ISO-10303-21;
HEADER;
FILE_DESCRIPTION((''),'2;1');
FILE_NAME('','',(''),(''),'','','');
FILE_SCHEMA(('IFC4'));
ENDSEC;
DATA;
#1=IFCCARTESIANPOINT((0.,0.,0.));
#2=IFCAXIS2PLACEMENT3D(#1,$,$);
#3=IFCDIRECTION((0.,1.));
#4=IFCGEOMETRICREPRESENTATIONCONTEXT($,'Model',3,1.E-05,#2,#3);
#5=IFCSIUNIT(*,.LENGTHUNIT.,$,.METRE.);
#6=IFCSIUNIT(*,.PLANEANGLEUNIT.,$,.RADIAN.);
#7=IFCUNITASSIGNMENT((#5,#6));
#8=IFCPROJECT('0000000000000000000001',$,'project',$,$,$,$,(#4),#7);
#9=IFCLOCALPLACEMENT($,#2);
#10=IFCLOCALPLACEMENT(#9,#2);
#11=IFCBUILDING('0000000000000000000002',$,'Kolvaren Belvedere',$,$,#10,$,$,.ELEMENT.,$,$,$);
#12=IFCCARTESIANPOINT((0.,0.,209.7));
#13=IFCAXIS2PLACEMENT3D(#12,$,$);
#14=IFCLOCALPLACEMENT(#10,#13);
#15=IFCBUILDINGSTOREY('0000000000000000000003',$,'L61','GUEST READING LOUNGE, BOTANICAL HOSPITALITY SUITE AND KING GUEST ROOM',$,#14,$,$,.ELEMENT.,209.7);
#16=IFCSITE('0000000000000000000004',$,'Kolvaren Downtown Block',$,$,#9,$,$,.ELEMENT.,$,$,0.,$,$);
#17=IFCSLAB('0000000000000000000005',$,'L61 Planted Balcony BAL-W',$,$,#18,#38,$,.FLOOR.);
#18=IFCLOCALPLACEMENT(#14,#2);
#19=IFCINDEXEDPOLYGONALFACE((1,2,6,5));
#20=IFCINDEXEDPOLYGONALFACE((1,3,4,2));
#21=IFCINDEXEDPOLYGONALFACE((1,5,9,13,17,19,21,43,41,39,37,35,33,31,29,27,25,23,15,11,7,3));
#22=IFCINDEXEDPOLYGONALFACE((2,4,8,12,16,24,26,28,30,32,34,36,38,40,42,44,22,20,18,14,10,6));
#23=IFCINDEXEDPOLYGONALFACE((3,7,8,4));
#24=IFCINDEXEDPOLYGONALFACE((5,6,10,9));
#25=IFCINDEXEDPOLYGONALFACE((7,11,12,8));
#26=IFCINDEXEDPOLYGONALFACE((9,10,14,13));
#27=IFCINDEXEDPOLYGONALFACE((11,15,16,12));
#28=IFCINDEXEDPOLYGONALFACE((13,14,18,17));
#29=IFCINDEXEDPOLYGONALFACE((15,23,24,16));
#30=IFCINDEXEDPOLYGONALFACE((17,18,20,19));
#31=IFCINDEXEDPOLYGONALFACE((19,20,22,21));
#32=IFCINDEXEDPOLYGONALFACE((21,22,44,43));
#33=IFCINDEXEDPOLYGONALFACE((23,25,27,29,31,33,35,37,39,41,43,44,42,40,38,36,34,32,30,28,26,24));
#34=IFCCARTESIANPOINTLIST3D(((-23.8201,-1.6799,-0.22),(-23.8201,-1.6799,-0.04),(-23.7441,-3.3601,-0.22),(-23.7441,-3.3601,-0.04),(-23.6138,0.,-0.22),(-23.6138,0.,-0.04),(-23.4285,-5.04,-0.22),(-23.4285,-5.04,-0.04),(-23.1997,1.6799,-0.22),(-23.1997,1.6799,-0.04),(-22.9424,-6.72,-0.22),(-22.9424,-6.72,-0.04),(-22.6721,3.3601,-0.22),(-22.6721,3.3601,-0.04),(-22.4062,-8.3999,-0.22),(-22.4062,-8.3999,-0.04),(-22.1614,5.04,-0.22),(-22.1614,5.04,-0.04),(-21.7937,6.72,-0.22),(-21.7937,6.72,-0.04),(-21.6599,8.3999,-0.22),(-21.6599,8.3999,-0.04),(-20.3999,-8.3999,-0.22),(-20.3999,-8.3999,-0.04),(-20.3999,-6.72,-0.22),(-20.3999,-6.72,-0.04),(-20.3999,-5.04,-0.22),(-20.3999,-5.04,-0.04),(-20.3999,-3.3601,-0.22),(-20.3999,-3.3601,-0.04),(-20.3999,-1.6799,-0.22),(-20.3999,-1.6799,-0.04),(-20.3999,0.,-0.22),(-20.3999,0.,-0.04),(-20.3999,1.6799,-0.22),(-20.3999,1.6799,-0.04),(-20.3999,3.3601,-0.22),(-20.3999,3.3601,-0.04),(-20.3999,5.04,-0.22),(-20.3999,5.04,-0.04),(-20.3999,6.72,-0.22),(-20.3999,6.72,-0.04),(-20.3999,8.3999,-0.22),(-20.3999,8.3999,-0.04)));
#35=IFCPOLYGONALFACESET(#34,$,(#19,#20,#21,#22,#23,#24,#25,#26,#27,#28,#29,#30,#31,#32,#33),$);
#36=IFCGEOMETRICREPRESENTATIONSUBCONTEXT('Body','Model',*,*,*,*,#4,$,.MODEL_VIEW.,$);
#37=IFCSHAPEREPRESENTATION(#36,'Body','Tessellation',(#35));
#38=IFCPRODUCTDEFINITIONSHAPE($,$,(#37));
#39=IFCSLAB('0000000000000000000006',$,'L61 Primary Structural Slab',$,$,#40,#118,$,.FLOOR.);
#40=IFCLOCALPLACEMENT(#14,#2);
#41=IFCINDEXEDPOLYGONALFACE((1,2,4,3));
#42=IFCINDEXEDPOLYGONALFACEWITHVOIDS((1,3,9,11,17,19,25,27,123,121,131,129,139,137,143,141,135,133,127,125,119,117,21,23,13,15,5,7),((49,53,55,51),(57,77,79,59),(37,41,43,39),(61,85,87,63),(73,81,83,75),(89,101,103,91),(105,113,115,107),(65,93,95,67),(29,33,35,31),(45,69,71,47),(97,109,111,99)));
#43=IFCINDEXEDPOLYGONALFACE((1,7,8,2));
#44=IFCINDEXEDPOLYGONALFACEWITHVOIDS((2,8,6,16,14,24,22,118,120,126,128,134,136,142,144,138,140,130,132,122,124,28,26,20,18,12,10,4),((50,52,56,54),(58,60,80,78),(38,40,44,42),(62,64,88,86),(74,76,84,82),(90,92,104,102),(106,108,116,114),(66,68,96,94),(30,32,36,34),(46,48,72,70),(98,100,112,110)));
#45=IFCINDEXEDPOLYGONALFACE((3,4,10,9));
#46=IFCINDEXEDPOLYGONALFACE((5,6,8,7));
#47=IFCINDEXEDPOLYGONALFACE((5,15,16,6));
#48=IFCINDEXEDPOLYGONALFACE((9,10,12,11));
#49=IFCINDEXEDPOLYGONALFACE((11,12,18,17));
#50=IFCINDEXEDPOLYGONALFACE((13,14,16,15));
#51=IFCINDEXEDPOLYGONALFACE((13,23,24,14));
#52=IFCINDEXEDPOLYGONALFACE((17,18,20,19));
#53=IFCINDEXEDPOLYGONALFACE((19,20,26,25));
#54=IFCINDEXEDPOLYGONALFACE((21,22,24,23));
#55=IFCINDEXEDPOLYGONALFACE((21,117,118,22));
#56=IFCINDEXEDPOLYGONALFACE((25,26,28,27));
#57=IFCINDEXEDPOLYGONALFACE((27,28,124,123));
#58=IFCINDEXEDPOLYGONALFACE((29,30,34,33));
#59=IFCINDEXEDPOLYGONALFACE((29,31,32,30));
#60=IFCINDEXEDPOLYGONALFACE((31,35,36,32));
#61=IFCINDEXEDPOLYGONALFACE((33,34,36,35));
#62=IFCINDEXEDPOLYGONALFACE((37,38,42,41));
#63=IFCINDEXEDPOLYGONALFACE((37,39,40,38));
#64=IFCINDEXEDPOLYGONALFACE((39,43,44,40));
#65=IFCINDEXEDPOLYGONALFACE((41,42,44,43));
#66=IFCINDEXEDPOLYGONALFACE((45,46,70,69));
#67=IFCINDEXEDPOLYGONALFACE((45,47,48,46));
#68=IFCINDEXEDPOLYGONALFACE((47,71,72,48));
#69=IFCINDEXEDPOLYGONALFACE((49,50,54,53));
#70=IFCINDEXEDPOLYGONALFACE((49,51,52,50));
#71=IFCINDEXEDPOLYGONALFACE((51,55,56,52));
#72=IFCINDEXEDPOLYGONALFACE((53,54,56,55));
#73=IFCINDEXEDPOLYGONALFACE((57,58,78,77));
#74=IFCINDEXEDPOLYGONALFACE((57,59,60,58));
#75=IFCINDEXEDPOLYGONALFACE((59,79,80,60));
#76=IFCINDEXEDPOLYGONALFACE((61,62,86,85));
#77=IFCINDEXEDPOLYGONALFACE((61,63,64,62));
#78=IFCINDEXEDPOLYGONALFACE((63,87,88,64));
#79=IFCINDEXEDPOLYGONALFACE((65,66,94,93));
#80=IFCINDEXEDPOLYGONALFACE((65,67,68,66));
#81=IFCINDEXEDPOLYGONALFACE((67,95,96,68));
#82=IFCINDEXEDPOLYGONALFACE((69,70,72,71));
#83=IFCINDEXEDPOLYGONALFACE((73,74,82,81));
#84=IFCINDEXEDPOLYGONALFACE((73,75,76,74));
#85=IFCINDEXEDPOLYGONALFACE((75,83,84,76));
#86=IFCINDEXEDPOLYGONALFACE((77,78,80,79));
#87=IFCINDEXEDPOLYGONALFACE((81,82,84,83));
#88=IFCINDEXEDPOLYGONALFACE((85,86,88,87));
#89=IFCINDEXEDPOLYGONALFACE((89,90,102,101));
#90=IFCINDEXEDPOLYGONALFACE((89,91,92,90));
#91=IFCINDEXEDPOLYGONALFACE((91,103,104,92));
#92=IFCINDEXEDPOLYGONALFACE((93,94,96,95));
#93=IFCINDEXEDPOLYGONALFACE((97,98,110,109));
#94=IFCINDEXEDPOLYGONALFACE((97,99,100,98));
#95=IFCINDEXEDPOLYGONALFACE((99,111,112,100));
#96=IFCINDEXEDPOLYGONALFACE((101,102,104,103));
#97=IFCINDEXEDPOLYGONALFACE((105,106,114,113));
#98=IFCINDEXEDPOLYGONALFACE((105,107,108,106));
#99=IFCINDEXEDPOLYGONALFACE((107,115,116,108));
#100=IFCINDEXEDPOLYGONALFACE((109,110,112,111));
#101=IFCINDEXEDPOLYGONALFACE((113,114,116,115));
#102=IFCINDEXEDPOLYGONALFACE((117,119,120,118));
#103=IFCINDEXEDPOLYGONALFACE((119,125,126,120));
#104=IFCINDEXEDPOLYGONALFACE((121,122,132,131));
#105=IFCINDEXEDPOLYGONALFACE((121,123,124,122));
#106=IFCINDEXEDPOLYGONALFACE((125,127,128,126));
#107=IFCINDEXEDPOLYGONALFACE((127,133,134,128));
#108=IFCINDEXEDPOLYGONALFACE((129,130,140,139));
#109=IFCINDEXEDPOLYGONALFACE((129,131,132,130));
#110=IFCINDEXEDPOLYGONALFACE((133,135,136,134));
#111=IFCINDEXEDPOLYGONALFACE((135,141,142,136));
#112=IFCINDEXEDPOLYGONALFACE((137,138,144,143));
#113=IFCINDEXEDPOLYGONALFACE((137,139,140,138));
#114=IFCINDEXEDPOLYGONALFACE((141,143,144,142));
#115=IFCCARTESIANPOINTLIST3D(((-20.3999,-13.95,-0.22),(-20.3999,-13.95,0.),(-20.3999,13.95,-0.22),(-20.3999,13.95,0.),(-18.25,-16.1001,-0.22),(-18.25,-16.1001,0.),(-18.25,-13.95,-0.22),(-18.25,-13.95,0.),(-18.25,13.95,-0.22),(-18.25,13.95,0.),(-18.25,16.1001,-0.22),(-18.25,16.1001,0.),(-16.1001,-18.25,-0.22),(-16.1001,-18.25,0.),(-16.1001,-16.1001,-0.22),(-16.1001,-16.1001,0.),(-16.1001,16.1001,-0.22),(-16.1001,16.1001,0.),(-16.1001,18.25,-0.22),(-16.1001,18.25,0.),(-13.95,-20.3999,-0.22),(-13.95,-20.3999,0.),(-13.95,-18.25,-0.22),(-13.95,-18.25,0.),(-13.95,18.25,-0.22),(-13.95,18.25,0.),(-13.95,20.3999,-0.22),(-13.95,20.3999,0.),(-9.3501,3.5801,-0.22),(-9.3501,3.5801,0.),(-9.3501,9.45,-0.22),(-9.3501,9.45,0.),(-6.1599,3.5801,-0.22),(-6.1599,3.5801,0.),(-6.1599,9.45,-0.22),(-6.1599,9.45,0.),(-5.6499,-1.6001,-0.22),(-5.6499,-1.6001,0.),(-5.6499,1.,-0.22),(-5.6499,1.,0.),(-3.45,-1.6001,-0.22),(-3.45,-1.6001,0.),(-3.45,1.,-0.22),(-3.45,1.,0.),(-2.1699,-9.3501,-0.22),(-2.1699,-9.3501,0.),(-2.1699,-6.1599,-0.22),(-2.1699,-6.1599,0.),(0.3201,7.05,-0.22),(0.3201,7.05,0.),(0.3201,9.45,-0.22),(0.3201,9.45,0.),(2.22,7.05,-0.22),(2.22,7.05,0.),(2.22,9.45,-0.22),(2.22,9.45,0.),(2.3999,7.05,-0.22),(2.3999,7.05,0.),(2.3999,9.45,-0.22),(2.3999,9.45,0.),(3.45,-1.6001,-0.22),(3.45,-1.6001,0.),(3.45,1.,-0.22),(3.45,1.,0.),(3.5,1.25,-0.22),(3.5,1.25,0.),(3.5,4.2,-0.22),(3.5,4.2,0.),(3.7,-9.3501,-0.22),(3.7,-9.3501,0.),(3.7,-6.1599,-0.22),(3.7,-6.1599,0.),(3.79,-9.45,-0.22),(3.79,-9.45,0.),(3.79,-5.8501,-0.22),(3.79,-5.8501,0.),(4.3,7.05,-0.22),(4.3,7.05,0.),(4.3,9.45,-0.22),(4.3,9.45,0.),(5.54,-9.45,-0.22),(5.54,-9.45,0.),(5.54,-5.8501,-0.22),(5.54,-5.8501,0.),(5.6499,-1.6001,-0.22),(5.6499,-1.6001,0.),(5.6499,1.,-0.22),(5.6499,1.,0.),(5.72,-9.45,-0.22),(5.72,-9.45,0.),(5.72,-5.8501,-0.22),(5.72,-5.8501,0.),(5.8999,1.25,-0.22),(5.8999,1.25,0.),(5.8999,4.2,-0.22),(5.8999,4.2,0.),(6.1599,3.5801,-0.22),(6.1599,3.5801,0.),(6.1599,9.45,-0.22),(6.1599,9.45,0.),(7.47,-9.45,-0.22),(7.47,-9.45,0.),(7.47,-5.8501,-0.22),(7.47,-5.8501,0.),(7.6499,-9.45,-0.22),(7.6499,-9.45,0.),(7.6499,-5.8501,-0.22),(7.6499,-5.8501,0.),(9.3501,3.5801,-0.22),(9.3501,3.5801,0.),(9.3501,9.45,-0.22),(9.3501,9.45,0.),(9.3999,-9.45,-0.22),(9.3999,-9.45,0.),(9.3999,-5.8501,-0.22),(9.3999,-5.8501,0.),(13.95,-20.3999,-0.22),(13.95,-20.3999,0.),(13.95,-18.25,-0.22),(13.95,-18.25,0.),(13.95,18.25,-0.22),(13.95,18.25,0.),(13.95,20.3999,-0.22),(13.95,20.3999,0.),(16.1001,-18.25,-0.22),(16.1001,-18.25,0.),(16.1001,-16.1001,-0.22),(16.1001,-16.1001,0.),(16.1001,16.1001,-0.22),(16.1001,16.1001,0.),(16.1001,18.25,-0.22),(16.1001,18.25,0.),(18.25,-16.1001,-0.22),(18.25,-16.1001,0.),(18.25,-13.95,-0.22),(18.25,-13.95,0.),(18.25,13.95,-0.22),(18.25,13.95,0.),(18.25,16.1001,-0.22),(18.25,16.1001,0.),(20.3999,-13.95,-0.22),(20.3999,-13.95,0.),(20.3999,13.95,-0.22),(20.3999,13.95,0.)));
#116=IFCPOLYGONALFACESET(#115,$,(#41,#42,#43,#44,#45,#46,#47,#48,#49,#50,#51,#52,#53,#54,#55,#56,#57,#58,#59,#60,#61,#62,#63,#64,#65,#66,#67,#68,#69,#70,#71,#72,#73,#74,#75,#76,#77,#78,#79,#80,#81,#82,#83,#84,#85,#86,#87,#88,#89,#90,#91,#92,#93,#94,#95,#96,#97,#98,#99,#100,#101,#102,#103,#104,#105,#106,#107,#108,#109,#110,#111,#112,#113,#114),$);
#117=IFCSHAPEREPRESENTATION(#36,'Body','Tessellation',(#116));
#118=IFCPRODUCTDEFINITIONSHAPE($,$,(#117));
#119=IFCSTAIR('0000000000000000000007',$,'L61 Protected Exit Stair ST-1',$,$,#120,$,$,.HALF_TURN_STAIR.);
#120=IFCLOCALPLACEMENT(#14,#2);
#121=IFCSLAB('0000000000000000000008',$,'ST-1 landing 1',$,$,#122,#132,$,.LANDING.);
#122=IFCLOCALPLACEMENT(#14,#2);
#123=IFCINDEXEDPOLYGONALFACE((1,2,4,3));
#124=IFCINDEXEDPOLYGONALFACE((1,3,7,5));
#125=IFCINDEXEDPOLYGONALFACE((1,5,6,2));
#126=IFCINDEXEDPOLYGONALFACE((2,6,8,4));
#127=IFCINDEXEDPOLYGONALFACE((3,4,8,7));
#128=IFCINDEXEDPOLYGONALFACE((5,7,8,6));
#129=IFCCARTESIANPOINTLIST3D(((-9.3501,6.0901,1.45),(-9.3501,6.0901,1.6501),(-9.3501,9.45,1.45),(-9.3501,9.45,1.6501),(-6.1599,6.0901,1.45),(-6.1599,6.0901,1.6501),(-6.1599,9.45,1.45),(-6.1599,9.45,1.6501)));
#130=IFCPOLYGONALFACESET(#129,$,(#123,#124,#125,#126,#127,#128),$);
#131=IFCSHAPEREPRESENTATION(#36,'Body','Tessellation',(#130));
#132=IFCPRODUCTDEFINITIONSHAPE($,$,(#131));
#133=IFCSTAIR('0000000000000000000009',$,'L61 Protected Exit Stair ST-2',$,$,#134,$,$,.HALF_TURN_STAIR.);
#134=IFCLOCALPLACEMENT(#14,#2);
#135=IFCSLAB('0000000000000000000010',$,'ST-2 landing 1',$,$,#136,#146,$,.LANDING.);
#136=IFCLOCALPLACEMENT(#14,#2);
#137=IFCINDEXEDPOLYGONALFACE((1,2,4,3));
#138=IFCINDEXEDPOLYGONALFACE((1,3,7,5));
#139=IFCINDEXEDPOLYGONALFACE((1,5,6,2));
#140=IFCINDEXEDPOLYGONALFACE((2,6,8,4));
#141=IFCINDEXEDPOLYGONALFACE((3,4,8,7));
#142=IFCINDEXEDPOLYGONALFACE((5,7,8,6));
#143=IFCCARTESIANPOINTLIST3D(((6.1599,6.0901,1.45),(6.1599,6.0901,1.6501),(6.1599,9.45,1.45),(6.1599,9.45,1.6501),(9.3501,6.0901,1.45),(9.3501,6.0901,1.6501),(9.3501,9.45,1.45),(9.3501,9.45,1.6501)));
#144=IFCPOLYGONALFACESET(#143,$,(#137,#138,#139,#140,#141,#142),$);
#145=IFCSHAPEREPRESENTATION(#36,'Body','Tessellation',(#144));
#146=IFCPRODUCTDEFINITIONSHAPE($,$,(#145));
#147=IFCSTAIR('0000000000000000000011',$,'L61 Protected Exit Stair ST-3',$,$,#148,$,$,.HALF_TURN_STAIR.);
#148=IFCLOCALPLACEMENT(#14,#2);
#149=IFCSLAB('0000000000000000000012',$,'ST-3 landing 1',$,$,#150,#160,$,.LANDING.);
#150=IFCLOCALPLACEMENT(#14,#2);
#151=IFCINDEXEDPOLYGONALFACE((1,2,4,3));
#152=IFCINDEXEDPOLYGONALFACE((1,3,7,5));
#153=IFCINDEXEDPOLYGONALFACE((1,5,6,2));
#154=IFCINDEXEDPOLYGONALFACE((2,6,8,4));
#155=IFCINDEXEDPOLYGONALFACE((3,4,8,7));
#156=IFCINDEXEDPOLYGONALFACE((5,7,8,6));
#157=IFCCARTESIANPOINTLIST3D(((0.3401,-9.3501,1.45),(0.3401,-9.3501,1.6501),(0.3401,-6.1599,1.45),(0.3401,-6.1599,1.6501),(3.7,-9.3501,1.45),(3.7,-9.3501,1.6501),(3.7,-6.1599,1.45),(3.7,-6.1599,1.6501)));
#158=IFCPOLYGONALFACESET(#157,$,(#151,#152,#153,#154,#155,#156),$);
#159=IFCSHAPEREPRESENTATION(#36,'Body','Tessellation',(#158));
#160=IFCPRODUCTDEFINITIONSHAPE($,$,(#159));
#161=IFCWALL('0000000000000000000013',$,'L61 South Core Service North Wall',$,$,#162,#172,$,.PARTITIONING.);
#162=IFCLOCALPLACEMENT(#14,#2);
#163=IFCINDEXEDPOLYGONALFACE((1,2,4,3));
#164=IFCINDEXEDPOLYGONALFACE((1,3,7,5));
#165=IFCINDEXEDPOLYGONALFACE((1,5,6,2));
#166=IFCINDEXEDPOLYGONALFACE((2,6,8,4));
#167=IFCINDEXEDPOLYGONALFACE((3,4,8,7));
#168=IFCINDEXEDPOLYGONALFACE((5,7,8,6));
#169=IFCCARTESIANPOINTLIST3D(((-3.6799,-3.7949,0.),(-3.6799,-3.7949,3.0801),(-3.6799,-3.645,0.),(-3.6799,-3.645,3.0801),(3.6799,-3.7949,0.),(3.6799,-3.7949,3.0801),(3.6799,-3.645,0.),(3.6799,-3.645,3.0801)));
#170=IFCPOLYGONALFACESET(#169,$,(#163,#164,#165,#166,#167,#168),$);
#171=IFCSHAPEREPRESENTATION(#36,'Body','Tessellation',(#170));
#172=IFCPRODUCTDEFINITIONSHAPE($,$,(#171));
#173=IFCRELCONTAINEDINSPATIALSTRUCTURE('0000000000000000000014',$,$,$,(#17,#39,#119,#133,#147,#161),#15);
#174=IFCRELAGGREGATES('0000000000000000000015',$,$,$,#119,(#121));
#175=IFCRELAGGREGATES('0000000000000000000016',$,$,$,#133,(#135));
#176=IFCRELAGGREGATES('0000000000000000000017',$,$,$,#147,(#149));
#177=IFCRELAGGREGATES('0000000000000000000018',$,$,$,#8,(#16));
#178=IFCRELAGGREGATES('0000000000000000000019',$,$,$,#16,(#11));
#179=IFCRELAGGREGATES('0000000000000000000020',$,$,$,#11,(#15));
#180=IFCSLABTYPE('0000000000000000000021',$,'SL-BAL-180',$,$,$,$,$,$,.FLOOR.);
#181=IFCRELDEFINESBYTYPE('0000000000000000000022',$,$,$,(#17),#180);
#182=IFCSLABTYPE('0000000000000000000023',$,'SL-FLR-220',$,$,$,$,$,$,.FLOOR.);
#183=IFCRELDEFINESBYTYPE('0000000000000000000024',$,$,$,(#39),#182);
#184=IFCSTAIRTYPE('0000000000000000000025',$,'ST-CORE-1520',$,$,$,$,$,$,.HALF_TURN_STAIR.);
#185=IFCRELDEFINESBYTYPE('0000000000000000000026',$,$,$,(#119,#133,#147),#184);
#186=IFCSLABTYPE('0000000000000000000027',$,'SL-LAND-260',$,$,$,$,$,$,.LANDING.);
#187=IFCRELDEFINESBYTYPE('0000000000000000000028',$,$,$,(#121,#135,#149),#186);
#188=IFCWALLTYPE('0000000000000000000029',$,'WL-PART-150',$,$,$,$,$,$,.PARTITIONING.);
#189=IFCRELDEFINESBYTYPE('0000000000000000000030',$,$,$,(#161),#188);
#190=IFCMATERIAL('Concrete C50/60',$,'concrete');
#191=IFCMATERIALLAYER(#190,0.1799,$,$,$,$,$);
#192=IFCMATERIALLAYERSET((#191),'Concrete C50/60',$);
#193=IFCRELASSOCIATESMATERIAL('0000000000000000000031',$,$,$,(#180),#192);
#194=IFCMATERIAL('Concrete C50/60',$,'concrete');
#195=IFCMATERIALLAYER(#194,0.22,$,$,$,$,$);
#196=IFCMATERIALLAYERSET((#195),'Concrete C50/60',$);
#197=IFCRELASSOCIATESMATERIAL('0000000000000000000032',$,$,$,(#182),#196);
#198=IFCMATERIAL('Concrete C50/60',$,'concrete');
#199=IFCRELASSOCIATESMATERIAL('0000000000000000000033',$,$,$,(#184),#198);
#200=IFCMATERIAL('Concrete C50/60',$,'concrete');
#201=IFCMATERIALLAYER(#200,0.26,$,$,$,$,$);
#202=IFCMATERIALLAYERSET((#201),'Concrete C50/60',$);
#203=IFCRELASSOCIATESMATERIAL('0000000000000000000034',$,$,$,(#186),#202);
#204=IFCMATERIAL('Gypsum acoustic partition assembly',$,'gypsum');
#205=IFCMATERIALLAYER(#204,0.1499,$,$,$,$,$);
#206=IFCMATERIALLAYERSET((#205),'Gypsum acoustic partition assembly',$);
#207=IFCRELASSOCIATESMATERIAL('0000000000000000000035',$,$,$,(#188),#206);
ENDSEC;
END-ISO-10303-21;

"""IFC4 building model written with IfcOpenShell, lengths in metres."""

from ifc_helpers import new_model, si_unit, direction, frame, frame_2d, origin, place, context, subcontext, project, spatial, polyline, rectangle, outline, extrude, material, layer, layer_set, type_object, element, aggregate, save


model = new_model("IFC4")

# Units and contexts
model_context = context("Model", 3, precision=1e-05, world=origin(), true_north=direction((0.0, 1.0)))
body_context = subcontext(model_context, "Body", "Model", "MODEL_VIEW")
ifc_project = project(units=[si_unit("LENGTHUNIT", "METRE"), si_unit("PLANEANGLEUNIT", "RADIAN")], contexts=[model_context])

# Site, building, storey
site_placement = place(None, origin())
site = spatial("IfcSite", under=ifc_project, at=site_placement, Name="Kolvaren Downtown Block", CompositionType="ELEMENT", RefElevation=0.0)
building_placement = place(site_placement, origin())
building = spatial("IfcBuilding", under=site, at=building_placement, Name="Kolvaren Belvedere", CompositionType="ELEMENT")
storey_placement = place(building_placement, frame((0.0, 0.0, 209.7)))
storey = spatial("IfcBuildingStorey", under=building, at=storey_placement, Name="L61", Description="GUEST READING LOUNGE, BOTANICAL HOSPITALITY SUITE AND KING GUEST ROOM", CompositionType="ELEMENT", Elevation=209.7)

# Slabs
ifc_material_1 = material(Name="Concrete C50/60", Category="concrete")
ifc_layer_1 = layer(ifc_material_1, 0.1799)
ifc_layer_set_1 = layer_set([ifc_layer_1], Name="Concrete C50/60")
slab_type_1 = type_object("IfcSlabType", Name="SL-BAL-180", PredefinedType="FLOOR", material=ifc_layer_set_1)
slab_1_placement = place(storey_placement, frame((0.0, 0.0, -0.22)))
element("IfcSlab", 1, at=slab_1_placement, inside=storey, type_object=slab_type_1, Name="L61 Planted Balcony BAL-W", PredefinedType="FLOOR", context=body_context, shape_type="SweptSolid", body=[
    extrude(outline(polyline([(-21.6599, 8.3999), (-21.7937, 6.72), (-22.1614, 5.04), (-22.6721, 3.3601), (-23.1997, 1.6799), (-23.6138, 0.0), (-23.8201, -1.6799), (-23.7441, -3.3601), (-23.4285, -5.04), (-22.9424, -6.72), (-22.4062, -8.3999), (-20.3999, -8.3999), (-20.3999, -6.72), (-20.3999, -5.04), (-20.3999, -3.3601), (-20.3999, -1.6799), (-20.3999, 0.0), (-20.3999, 1.6799), (-20.3999, 3.3601), (-20.3999, 5.04), (-20.3999, 6.72), (-20.3999, 8.3999), (-21.6599, 8.3999)])), origin(), (0.0, 0.0, 1.0), 0.1799),
])
ifc_material_2 = material(Name="Concrete C50/60", Category="concrete")
ifc_layer_2 = layer(ifc_material_2, 0.22)
ifc_layer_set_2 = layer_set([ifc_layer_2], Name="Concrete C50/60")
slab_type_2 = type_object("IfcSlabType", Name="SL-FLR-220", PredefinedType="FLOOR", material=ifc_layer_set_2)
slab_2_placement = place(storey_placement, frame((0.0, 0.0, -0.22)))
element("IfcSlab", 2, at=slab_2_placement, inside=storey, type_object=slab_type_2, Name="L61 Primary Structural Slab", PredefinedType="FLOOR", context=body_context, shape_type="SweptSolid", body=[
    extrude(outline(polyline([(-13.95, -20.3999), (13.95, -20.3999), (13.95, -18.25), (16.1001, -18.25), (16.1001, -16.1001), (18.25, -16.1001), (18.25, -13.95), (20.3999, -13.95), (20.3999, 13.95), (18.25, 13.95), (18.25, 16.1001), (16.1001, 16.1001), (16.1001, 18.25), (13.95, 18.25), (13.95, 20.3999), (-13.95, 20.3999), (-13.95, 18.25), (-16.1001, 18.25), (-16.1001, 16.1001), (-18.25, 16.1001), (-18.25, 13.95), (-20.3999, 13.95), (-20.3999, -13.95), (-18.25, -13.95), (-18.25, -16.1001), (-16.1001, -16.1001), (-16.1001, -18.25), (-13.95, -18.25), (-13.95, -20.3999)]), holes=[polyline([(-9.3501, 3.5801), (-6.1599, 3.5801), (-6.1599, 9.45), (-9.3501, 9.45), (-9.3501, 3.5801)]), polyline([(6.1599, 3.5801), (9.3501, 3.5801), (9.3501, 9.45), (6.1599, 9.45), (6.1599, 3.5801)]), polyline([(-2.1699, -9.3501), (3.7, -9.3501), (3.7, -6.1599), (-2.1699, -6.1599), (-2.1699, -9.3501)]), polyline([(-5.6499, -1.6001), (-3.45, -1.6001), (-3.45, 1.0), (-5.6499, 1.0), (-5.6499, -1.6001)]), polyline([(3.5, 1.25), (5.8999, 1.25), (5.8999, 4.2), (3.5, 4.2), (3.5, 1.25)]), polyline([(3.45, -1.6001), (5.6499, -1.6001), (5.6499, 1.0), (3.45, 1.0), (3.45, -1.6001)]), polyline([(3.79, -9.45), (5.54, -9.45), (5.54, -5.8501), (3.79, -5.8501), (3.79, -9.45)]), polyline([(5.72, -9.45), (7.47, -9.45), (7.47, -5.8501), (5.72, -5.8501), (5.72, -9.45)]), polyline([(7.6499, -9.45), (9.3999, -9.45), (9.3999, -5.8501), (7.6499, -5.8501), (7.6499, -9.45)]), polyline([(0.3201, 7.05), (2.22, 7.05), (2.22, 9.45), (0.3201, 9.45), (0.3201, 7.05)]), polyline([(2.3999, 7.05), (4.3, 7.05), (4.3, 9.45), (2.3999, 9.45), (2.3999, 7.05)])]), origin(), (0.0, 0.0, 1.0), 0.22),
])

# Stairs, slabs
ifc_material_3 = material(Name="Concrete C50/60", Category="concrete")
stair_type = type_object("IfcStairType", Name="ST-CORE-1520", PredefinedType="HALF_TURN_STAIR", material=ifc_material_3)
stair_1_placement = place(storey_placement, origin())
stair_1 = element("IfcStair", 3, at=stair_1_placement, inside=storey, type_object=stair_type, Name="L61 Protected Exit Stair ST-1", PredefinedType="HALF_TURN_STAIR")
ifc_material_4 = material(Name="Concrete C50/60", Category="concrete")
ifc_layer_3 = layer(ifc_material_4, 0.26)
ifc_layer_set_3 = layer_set([ifc_layer_3], Name="Concrete C50/60")
slab_type_3 = type_object("IfcSlabType", Name="SL-LAND-260", PredefinedType="LANDING", material=ifc_layer_set_3)
slab_3_placement = place(storey_placement, frame((0.0, 0.0, 1.45)))
slab_3 = element("IfcSlab", 4, at=slab_3_placement, type_object=slab_type_3, Name="ST-1 landing 1", PredefinedType="LANDING", context=body_context, shape_type="SweptSolid", body=[
    extrude(outline(polyline([(-6.1599, 6.0901), (-6.1599, 9.45), (-9.3501, 9.45), (-9.3501, 6.0901), (-6.1599, 6.0901)])), origin(), (0.0, 0.0, 1.0), 0.2002),
])
aggregate(stair_1, [slab_3])
stair_2_placement = place(storey_placement, origin())
stair_2 = element("IfcStair", 5, at=stair_2_placement, inside=storey, type_object=stair_type, Name="L61 Protected Exit Stair ST-2", PredefinedType="HALF_TURN_STAIR")
slab_4_placement = place(storey_placement, frame((0.0, 0.0, 1.45)))
slab_4 = element("IfcSlab", 6, at=slab_4_placement, type_object=slab_type_3, Name="ST-2 landing 1", PredefinedType="LANDING", context=body_context, shape_type="SweptSolid", body=[
    extrude(outline(polyline([(9.3501, 6.0901), (9.3501, 9.45), (6.1599, 9.45), (6.1599, 6.0901), (9.3501, 6.0901)])), origin(), (0.0, 0.0, 1.0), 0.2002),
])
aggregate(stair_2, [slab_4])
stair_3_placement = place(storey_placement, origin())
stair_3 = element("IfcStair", 7, at=stair_3_placement, inside=storey, type_object=stair_type, Name="L61 Protected Exit Stair ST-3", PredefinedType="HALF_TURN_STAIR")
slab_5_placement = place(storey_placement, frame((0.0, 0.0, 1.45)))
slab_5 = element("IfcSlab", 8, at=slab_5_placement, type_object=slab_type_3, Name="ST-3 landing 1", PredefinedType="LANDING", context=body_context, shape_type="SweptSolid", body=[
    extrude(outline(polyline([(0.3401, -9.3501), (3.7, -9.3501), (3.7, -6.1599), (0.3401, -6.1599), (0.3401, -9.3501)])), origin(), (0.0, 0.0, 1.0), 0.2002),
])

# Wall
ifc_material_5 = material(Name="Gypsum acoustic partition assembly", Category="gypsum")
ifc_layer_4 = layer(ifc_material_5, 0.1499)
ifc_layer_set_4 = layer_set([ifc_layer_4], Name="Gypsum acoustic partition assembly")
wall_type_1 = type_object("IfcWallType", Name="WL-PART-150", PredefinedType="PARTITIONING", material=ifc_layer_set_4)
wall_1_placement = place(storey_placement, frame((-3.6799, -3.72, 0.0), z_axis=(0.0, 0.0, 1.0), x_axis=(1.0, 0.0, 0.0)))
element("IfcWall", 9, at=wall_1_placement, inside=storey, type_object=wall_type_1, Name="L61 South Core Service North Wall", PredefinedType="PARTITIONING", context=body_context, shape_type="SweptSolid", body=[
    extrude(rectangle(XDim=7.3599, YDim=0.1499, at=frame_2d((3.6799, 0.0))), origin(), (0.0, 0.0, 1.0), 3.0801),
])

aggregate(stair_3, [slab_5])

save(model, "model.ifc")
